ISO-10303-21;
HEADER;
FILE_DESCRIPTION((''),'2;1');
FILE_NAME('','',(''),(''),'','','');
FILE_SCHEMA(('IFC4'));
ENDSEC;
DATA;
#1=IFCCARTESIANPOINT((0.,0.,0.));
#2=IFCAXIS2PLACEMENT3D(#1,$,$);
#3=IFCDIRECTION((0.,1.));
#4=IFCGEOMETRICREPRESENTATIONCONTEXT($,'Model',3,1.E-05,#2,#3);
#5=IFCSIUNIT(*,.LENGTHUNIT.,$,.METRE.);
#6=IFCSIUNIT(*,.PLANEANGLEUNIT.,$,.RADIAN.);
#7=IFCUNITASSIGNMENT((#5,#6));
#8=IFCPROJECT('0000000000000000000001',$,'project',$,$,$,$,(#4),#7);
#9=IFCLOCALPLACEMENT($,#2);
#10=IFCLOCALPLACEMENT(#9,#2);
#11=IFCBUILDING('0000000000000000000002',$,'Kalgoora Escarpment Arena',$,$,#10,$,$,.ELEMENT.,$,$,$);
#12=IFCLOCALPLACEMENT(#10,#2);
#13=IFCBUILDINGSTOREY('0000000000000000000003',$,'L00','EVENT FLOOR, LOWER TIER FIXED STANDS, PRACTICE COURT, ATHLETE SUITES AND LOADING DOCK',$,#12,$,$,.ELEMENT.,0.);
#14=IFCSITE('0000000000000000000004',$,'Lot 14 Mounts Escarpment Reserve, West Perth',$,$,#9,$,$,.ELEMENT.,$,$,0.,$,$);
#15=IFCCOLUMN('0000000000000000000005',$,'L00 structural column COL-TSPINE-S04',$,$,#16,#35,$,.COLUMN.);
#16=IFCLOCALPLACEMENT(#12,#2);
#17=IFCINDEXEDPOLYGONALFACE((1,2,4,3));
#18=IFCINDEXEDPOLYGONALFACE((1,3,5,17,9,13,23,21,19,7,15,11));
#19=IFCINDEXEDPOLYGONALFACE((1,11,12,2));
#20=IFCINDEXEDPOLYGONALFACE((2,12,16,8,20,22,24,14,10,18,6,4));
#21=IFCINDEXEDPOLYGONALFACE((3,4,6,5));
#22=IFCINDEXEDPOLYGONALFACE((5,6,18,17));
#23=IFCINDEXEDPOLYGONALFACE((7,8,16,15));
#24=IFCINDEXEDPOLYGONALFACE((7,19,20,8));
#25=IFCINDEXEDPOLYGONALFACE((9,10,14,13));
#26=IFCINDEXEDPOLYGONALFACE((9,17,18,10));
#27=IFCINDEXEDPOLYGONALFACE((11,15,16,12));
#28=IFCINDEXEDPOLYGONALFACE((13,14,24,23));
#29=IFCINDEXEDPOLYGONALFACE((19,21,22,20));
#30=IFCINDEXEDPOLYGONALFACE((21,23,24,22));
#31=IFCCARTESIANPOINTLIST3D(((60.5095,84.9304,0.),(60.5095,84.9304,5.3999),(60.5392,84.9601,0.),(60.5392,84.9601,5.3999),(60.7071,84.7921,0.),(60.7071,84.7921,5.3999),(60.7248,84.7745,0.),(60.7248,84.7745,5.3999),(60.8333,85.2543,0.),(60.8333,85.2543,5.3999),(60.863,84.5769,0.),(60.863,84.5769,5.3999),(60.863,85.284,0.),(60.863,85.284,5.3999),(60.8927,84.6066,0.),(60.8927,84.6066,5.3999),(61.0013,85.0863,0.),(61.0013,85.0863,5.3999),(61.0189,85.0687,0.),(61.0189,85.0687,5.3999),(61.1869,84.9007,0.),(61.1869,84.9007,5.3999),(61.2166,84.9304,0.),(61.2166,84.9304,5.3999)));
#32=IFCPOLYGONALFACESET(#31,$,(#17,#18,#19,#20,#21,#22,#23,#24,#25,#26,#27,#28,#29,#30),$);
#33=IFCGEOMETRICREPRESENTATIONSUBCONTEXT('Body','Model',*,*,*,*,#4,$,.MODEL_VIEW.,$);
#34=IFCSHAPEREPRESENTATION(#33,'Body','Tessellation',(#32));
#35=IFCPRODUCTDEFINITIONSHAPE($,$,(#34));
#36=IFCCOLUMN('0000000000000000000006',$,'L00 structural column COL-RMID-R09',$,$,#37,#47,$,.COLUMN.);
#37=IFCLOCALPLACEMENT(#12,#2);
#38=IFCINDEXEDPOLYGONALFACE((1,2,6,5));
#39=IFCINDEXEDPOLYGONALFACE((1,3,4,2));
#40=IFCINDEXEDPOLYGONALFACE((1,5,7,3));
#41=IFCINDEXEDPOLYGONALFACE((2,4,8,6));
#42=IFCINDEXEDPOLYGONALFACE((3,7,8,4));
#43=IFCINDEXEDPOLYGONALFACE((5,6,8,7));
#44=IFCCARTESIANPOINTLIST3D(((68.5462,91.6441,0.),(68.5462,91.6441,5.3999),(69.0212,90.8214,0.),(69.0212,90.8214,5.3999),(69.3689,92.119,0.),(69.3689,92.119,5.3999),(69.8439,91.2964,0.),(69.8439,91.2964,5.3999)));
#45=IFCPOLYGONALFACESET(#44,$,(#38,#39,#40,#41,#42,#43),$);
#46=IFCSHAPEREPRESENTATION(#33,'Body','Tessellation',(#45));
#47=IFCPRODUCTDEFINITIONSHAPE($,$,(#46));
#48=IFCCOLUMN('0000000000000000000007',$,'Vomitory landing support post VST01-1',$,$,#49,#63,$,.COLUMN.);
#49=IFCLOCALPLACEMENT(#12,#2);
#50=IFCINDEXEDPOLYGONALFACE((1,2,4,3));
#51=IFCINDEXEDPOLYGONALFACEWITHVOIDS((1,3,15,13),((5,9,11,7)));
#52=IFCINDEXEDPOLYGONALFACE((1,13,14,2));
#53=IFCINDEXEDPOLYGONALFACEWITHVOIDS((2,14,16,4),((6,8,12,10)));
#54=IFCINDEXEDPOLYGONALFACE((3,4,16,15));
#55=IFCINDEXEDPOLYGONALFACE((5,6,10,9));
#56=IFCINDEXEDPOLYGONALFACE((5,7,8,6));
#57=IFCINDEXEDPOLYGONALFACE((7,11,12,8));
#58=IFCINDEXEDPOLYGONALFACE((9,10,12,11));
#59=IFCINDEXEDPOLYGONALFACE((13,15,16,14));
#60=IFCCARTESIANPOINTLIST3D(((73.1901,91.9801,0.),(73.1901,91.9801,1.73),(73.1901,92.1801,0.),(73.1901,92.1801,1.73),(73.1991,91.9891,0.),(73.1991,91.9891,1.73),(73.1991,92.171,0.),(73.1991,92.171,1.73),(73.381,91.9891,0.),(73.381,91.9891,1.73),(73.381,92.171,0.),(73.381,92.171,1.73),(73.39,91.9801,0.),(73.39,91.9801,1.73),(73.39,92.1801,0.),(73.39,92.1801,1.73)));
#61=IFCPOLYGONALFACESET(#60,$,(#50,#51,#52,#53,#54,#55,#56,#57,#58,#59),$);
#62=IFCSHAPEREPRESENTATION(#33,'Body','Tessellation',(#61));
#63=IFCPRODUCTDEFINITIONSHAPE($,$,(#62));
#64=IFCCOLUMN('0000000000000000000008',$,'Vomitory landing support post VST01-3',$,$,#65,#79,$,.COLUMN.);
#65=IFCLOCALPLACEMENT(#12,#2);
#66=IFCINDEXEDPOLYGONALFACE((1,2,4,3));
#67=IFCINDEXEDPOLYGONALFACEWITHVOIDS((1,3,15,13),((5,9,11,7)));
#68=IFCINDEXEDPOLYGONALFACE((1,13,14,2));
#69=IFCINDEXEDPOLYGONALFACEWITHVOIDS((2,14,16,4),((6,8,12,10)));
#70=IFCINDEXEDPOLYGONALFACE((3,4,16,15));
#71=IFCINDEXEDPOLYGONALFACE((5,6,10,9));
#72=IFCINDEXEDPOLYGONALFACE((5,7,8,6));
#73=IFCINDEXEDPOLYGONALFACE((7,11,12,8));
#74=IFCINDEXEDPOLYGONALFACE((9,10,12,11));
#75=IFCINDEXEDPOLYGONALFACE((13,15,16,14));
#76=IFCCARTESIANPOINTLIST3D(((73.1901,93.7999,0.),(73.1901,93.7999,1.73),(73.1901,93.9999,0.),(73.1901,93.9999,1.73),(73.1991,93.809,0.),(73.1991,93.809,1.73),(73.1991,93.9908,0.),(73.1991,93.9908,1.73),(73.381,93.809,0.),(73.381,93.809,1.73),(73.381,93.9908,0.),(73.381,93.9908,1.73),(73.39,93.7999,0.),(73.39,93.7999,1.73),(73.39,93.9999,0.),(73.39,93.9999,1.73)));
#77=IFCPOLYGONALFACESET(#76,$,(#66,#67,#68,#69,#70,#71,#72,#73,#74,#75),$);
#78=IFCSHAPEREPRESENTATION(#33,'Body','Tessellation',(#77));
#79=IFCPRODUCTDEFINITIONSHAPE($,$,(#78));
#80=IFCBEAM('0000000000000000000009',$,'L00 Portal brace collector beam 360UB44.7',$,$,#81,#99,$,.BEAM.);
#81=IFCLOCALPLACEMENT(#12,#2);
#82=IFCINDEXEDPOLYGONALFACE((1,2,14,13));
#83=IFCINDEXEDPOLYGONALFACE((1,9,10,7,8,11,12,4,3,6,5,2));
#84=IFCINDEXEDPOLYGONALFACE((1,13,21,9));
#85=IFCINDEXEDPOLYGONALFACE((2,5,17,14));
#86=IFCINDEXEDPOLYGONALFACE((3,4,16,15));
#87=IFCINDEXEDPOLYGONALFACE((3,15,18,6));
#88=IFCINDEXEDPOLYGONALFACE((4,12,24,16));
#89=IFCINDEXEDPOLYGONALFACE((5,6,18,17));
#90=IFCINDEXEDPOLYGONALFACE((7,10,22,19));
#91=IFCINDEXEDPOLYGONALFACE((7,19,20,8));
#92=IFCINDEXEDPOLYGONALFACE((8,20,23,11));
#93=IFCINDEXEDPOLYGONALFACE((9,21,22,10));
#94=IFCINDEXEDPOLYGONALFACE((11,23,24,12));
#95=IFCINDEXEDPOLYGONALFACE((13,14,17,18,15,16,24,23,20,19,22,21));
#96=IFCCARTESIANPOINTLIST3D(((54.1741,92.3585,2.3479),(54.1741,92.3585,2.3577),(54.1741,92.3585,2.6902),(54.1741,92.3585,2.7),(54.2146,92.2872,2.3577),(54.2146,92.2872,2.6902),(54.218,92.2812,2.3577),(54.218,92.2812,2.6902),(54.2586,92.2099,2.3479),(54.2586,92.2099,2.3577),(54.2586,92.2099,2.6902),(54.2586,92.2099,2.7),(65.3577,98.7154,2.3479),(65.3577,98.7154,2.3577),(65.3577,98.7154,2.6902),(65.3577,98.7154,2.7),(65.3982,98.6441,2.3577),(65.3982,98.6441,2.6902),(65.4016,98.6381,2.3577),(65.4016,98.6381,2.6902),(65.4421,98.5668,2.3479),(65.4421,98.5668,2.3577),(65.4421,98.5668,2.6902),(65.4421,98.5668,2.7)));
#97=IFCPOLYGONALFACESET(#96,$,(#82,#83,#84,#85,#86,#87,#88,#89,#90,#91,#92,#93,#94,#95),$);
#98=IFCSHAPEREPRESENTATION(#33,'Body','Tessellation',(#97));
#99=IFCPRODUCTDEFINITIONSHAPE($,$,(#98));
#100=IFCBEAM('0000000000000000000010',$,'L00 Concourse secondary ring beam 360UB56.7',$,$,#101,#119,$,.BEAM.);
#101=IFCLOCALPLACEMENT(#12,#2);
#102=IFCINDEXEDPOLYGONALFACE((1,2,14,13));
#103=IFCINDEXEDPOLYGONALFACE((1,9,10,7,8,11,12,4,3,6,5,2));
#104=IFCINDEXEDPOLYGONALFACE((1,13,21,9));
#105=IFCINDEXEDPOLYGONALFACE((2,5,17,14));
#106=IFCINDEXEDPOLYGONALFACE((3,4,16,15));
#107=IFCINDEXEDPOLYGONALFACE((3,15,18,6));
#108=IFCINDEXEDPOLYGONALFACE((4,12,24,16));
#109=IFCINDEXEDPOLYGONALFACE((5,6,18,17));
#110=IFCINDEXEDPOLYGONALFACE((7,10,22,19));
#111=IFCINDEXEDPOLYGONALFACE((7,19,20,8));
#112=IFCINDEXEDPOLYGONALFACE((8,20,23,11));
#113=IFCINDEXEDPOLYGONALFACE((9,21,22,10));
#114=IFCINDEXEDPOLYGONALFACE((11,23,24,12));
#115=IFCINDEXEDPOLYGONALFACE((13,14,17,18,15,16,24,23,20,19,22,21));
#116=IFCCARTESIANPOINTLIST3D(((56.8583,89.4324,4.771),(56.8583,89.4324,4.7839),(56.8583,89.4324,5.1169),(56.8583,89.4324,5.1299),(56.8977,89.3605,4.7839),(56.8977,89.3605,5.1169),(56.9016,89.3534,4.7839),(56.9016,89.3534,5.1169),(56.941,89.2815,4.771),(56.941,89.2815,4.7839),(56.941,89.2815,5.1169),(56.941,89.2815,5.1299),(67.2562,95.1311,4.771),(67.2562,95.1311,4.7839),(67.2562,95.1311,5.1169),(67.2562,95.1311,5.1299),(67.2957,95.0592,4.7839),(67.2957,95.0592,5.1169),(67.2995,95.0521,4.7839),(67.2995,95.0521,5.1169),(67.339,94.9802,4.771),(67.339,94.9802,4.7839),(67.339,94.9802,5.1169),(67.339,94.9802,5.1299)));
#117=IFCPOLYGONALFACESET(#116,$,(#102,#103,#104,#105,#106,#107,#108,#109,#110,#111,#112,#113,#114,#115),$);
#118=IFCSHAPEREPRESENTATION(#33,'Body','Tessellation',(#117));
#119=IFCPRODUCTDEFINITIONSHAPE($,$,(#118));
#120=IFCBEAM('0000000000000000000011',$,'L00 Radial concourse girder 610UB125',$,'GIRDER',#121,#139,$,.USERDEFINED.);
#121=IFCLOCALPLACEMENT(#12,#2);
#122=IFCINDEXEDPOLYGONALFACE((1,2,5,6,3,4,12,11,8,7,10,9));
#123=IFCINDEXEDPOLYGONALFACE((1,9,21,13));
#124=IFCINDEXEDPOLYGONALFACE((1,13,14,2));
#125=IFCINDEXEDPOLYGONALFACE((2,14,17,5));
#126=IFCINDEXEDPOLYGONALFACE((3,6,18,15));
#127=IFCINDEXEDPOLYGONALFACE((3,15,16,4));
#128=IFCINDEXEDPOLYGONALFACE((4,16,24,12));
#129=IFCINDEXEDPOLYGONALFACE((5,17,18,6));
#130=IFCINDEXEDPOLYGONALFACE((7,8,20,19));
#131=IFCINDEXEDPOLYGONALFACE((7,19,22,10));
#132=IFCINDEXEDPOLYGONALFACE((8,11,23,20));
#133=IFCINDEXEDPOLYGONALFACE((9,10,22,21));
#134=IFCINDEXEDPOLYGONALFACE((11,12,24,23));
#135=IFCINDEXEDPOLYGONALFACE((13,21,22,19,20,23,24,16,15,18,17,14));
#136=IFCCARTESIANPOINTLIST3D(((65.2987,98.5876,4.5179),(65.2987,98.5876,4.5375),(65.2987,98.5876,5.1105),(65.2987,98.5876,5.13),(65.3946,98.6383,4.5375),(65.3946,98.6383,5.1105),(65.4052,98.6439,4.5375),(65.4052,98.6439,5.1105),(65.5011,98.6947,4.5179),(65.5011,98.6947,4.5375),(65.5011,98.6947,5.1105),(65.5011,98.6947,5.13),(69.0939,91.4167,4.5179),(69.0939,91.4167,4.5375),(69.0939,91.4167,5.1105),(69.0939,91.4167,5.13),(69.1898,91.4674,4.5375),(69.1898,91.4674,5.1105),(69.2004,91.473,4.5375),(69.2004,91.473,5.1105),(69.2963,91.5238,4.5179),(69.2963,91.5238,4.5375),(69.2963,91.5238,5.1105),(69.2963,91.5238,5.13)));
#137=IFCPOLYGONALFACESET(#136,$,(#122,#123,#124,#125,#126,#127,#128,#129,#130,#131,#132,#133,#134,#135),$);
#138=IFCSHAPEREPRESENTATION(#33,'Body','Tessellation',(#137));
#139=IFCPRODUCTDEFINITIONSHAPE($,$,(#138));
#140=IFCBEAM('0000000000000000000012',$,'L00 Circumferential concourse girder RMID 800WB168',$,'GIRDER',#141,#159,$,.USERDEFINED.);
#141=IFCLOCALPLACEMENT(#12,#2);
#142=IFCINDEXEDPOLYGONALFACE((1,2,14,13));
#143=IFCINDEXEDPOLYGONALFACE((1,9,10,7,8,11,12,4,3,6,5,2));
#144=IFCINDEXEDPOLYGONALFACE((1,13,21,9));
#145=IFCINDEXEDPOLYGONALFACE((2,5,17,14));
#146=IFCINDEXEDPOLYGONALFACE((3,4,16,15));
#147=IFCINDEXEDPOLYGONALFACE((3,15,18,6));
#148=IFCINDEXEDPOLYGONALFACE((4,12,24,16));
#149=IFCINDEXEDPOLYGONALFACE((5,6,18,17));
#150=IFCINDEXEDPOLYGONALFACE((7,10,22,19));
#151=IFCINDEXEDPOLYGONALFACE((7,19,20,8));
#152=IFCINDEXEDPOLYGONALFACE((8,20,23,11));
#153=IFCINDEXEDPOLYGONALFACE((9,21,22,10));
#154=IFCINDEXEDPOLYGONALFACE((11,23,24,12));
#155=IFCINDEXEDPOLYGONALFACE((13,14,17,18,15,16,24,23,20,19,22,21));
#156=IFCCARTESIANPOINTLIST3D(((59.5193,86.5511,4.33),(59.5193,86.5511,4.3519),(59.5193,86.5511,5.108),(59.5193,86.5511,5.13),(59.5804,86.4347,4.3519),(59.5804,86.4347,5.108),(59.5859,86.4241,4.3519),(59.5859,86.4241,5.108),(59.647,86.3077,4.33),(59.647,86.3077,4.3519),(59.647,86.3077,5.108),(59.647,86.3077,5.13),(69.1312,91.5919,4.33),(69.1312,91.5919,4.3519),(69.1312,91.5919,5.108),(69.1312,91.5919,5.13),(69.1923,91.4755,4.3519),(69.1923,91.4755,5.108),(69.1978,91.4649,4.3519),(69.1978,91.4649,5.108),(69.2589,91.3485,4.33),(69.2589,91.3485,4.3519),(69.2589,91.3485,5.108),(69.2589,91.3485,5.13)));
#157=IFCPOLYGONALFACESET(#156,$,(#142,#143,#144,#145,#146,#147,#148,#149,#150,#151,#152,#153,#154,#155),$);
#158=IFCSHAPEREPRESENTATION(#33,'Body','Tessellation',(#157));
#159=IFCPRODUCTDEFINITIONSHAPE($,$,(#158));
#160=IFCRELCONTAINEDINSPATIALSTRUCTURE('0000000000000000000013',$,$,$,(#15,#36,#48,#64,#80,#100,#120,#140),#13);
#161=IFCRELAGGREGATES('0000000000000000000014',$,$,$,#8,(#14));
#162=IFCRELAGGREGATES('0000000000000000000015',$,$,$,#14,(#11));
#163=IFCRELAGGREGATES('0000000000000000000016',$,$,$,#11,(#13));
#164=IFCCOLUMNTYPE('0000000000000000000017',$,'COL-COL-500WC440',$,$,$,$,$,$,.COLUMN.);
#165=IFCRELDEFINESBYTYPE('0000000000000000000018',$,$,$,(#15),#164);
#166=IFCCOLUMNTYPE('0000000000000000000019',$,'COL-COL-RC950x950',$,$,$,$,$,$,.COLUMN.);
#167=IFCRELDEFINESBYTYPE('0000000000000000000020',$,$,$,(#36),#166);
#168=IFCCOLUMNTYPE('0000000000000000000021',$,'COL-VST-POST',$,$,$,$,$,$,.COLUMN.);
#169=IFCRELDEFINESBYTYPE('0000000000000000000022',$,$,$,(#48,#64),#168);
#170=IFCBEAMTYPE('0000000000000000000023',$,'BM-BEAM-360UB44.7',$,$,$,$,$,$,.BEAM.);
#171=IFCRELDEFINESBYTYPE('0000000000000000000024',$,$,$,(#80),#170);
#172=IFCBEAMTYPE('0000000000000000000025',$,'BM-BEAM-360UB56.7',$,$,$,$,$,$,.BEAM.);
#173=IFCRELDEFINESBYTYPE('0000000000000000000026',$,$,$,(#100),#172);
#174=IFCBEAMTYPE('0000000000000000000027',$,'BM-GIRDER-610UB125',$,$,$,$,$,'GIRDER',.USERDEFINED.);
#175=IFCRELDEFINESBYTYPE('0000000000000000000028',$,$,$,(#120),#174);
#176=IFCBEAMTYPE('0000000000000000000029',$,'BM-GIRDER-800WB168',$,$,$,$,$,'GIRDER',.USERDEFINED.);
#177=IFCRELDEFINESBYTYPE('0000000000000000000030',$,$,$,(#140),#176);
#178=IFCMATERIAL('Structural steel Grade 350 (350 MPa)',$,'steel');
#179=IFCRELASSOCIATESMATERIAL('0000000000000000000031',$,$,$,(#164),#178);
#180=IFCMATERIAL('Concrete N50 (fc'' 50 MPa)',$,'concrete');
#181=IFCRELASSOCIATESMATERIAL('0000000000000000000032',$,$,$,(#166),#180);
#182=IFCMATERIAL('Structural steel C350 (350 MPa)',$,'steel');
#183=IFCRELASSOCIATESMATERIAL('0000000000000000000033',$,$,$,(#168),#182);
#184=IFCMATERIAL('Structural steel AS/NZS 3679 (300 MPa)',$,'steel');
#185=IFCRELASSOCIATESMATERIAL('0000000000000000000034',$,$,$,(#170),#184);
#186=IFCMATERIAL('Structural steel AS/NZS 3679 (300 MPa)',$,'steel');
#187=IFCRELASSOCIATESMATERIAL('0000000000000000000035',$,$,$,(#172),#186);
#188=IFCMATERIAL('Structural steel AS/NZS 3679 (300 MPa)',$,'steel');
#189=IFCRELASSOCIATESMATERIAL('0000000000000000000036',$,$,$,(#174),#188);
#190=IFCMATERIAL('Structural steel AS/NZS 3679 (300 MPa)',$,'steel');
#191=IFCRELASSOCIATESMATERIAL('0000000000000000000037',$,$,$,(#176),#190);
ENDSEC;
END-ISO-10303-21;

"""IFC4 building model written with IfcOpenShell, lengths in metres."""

from ifc_helpers import new_model, si_unit, direction, frame, origin, origin_2d, place, context, subcontext, project, spatial, rectangle, hollow_rectangle, i_section, extrude, material, material_profile, profile_set, type_object, element, save


model = new_model("IFC4")

# Units and contexts
model_context = context("Model", 3, precision=1e-05, world=origin(), true_north=direction((0.0, 1.0)))
body_context = subcontext(model_context, "Body", "Model", "MODEL_VIEW")
ifc_project = project(units=[si_unit("LENGTHUNIT", "METRE"), si_unit("PLANEANGLEUNIT", "RADIAN")], contexts=[model_context])

# Site, building, storey
site_placement = place(None, origin())
site = spatial("IfcSite", under=ifc_project, at=site_placement, Name="Lot 14 Mounts Escarpment Reserve, West Perth", CompositionType="ELEMENT", RefElevation=0.0)
building_placement = place(site_placement, origin())
building = spatial("IfcBuilding", under=site, at=building_placement, Name="Kalgoora Escarpment Arena", CompositionType="ELEMENT")
storey_placement = place(building_placement, origin())
storey = spatial("IfcBuildingStorey", under=building, at=storey_placement, Name="L00", Description="EVENT FLOOR, LOWER TIER FIXED STANDS, PRACTICE COURT, ATHLETE SUITES AND LOADING DOCK", CompositionType="ELEMENT", Elevation=0.0)

# Columns
ifc_material_1 = material(Name="Structural steel Grade 350 (350 MPa)", Category="steel")
ifc_material_profile_1 = material_profile(ifc_material_1, i_section(OverallWidth=0.5, OverallDepth=0.5, WebThickness=0.0249, FlangeThickness=0.042, at=origin_2d()))
ifc_profile_set_1 = profile_set([ifc_material_profile_1], Name="Structural steel Grade 350 (350 MPa)")
column_type_1 = type_object("IfcColumnType", Name="COL-COL-500WC440", PredefinedType="COLUMN", material=ifc_profile_set_1)
for number, where, z_axis, x_axis, name in (
    (1, (60.863, 84.9304, 0.0), (0.0, 0.0, 1.0), (-0.707107, 0.707107, 0.0), "L00 structural column COL-TSPINE-S04"),
):
    element("IfcColumn", number, at=place(storey_placement, frame(where, z_axis=z_axis, x_axis=x_axis)), inside=storey, type_object=column_type_1, Name=name, PredefinedType="COLUMN", context=body_context, shape_type="SweptSolid", body=[
        extrude(i_section(OverallWidth=0.5, OverallDepth=0.5, WebThickness=0.0249, FlangeThickness=0.042, at=origin_2d()), origin(), (0.0, 0.0, 1.0), 5.3999),
    ])
ifc_material_2 = material(Name="Concrete N50 (fc' 50 MPa)", Category="concrete")
ifc_material_profile_2 = material_profile(ifc_material_2, rectangle(XDim=0.95, YDim=0.95, at=origin_2d()))
ifc_profile_set_2 = profile_set([ifc_material_profile_2], Name="Concrete N50 (fc' 50 MPa)")
column_type_2 = type_object("IfcColumnType", Name="COL-COL-RC950x950", PredefinedType="COLUMN", material=ifc_profile_set_2)
column_placement = place(storey_placement, frame((69.1951, 91.4702, 0.0), z_axis=(0.0, 0.0, 1.0), x_axis=(-0.5, 0.866025, 0.0)))
element("IfcColumn", 2, at=column_placement, inside=storey, type_object=column_type_2, Name="L00 structural column COL-RMID-R09", PredefinedType="COLUMN", context=body_context, shape_type="SweptSolid", body=[
    extrude(rectangle(XDim=0.95, YDim=0.95, at=origin_2d()), origin(), (0.0, 0.0, 1.0), 5.3999),
])
ifc_material_3 = material(Name="Structural steel C350 (350 MPa)", Category="steel")
ifc_material_profile_3 = material_profile(ifc_material_3, hollow_rectangle(XDim=0.2, YDim=0.2, WallThickness=0.009, at=origin_2d()))
ifc_profile_set_3 = profile_set([ifc_material_profile_3], Name="Structural steel C350 (350 MPa)")
column_type_3 = type_object("IfcColumnType", Name="COL-VST-POST", PredefinedType="COLUMN", material=ifc_profile_set_3)
for number, where, z_axis, x_axis, name in (
    (3, (73.29, 92.0801, 0.0), (0.0, 0.0, 1.0), (1.0, 0.0, 0.0), "Vomitory landing support post VST01-1"),
    (4, (73.29, 93.8999, 0.0), (0.0, 0.0, 1.0), (1.0, 0.0, 0.0), "Vomitory landing support post VST01-3"),
):
    element("IfcColumn", number, at=place(storey_placement, frame(where, z_axis=z_axis, x_axis=x_axis)), inside=storey, type_object=column_type_3, Name=name, PredefinedType="COLUMN", context=body_context, shape_type="SweptSolid", body=[
        extrude(hollow_rectangle(XDim=0.2, YDim=0.2, WallThickness=0.009, at=origin_2d()), origin(), (0.0, 0.0, 1.0), 1.73),
    ])

# Beams
ifc_material_4 = material(Name="Structural steel AS/NZS 3679 (300 MPa)", Category="steel")
ifc_material_profile_4 = material_profile(ifc_material_4, i_section(OverallWidth=0.1709, OverallDepth=0.3521, WebThickness=0.0068, FlangeThickness=0.0098, at=origin_2d()))
ifc_profile_set_4 = profile_set([ifc_material_profile_4], Name="Structural steel AS/NZS 3679 (300 MPa)")
beam_type_1 = type_object("IfcBeamType", Name="BM-BEAM-360UB44.7", PredefinedType="BEAM", material=ifc_profile_set_4)
beam_1_placement = place(storey_placement, frame((65.3999, 98.6411, 2.5239), z_axis=(-0.869369, -0.494163, 0.0), x_axis=(0.494163, -0.869369, 0.0)))
element("IfcBeam", 5, at=beam_1_placement, inside=storey, type_object=beam_type_1, Name="L00 Portal brace collector beam 360UB44.7", PredefinedType="BEAM", context=body_context, shape_type="SweptSolid", body=[
    extrude(i_section(OverallWidth=0.1709, OverallDepth=0.3521, WebThickness=0.0068, FlangeThickness=0.0098, at=origin_2d()), origin(), (0.0, 0.0, 1.0), 12.864),
])
ifc_material_5 = material(Name="Structural steel AS/NZS 3679 (300 MPa)", Category="steel")
ifc_material_profile_5 = material_profile(ifc_material_5, i_section(OverallWidth=0.1721, OverallDepth=0.3589, WebThickness=0.0081, FlangeThickness=0.0129, at=origin_2d()))
ifc_profile_set_5 = profile_set([ifc_material_profile_5], Name="Structural steel AS/NZS 3679 (300 MPa)")
beam_type_2 = type_object("IfcBeamType", Name="BM-BEAM-360UB56.7", PredefinedType="BEAM", material=ifc_profile_set_5)
beam_2_placement = place(storey_placement, frame((67.2976, 95.0557, 4.9504), z_axis=(-0.876932, -0.480614, 0.0), x_axis=(0.480614, -0.876932, 0.0)))
element("IfcBeam", 6, at=beam_2_placement, inside=storey, type_object=beam_type_2, Name="L00 Concourse secondary ring beam 360UB56.7", PredefinedType="BEAM", context=body_context, shape_type="SweptSolid", body=[
    extrude(i_section(OverallWidth=0.1721, OverallDepth=0.3589, WebThickness=0.0081, FlangeThickness=0.0129, at=origin_2d()), origin(), (0.0, 0.0, 1.0), 11.8572),
])
ifc_material_6 = material(Name="Structural steel AS/NZS 3679 (300 MPa)", Category="steel")
ifc_material_profile_6 = material_profile(ifc_material_6, i_section(OverallWidth=0.229, OverallDepth=0.6121, WebThickness=0.012, FlangeThickness=0.0195, at=origin_2d()))
ifc_profile_set_6 = profile_set([ifc_material_profile_6], Name="Structural steel AS/NZS 3679 (300 MPa)")
beam_type_3 = type_object("IfcBeamType", Name="BM-GIRDER-610UB125", ElementType="GIRDER", PredefinedType="USERDEFINED", material=ifc_profile_set_6)
beam_3_placement = place(storey_placement, frame((69.1951, 91.4702, 4.824), z_axis=(-0.467773, 0.883849, 0.0), x_axis=(-0.883849, -0.467773, 0.0)))
element("IfcBeam", 7, at=beam_3_placement, inside=storey, type_object=beam_type_3, Name="L00 Radial concourse girder 610UB125", ObjectType="GIRDER", PredefinedType="USERDEFINED", context=body_context, shape_type="SweptSolid", body=[
    extrude(i_section(OverallWidth=0.229, OverallDepth=0.6121, WebThickness=0.012, FlangeThickness=0.0195, at=origin_2d()), origin(), (0.0, 0.0, 1.0), 8.1133),
])
ifc_material_7 = material(Name="Structural steel AS/NZS 3679 (300 MPa)", Category="steel")
ifc_material_profile_7 = material_profile(ifc_material_7, i_section(OverallWidth=0.2749, OverallDepth=0.8, WebThickness=0.012, FlangeThickness=0.022, at=origin_2d()))
ifc_profile_set_7 = profile_set([ifc_material_profile_7], Name="Structural steel AS/NZS 3679 (300 MPa)")
beam_type_4 = type_object("IfcBeamType", Name="BM-GIRDER-800WB168", ElementType="GIRDER", PredefinedType="USERDEFINED", material=ifc_profile_set_7)
beam_4_placement = place(storey_placement, frame((69.1951, 91.4702, 4.73), z_axis=(-0.885604, -0.464441, 0.0), x_axis=(0.464441, -0.885604, 0.0)))
element("IfcBeam", 8, at=beam_4_placement, inside=storey, type_object=beam_type_4, Name="L00 Circumferential concourse girder RMID 800WB168", ObjectType="GIRDER", PredefinedType="USERDEFINED", context=body_context, shape_type="SweptSolid", body=[
    extrude(i_section(OverallWidth=0.2749, OverallDepth=0.8, WebThickness=0.012, FlangeThickness=0.022, at=origin_2d()), origin(), (0.0, 0.0, 1.0), 10.8535),
])

save(model, "model.ifc")
